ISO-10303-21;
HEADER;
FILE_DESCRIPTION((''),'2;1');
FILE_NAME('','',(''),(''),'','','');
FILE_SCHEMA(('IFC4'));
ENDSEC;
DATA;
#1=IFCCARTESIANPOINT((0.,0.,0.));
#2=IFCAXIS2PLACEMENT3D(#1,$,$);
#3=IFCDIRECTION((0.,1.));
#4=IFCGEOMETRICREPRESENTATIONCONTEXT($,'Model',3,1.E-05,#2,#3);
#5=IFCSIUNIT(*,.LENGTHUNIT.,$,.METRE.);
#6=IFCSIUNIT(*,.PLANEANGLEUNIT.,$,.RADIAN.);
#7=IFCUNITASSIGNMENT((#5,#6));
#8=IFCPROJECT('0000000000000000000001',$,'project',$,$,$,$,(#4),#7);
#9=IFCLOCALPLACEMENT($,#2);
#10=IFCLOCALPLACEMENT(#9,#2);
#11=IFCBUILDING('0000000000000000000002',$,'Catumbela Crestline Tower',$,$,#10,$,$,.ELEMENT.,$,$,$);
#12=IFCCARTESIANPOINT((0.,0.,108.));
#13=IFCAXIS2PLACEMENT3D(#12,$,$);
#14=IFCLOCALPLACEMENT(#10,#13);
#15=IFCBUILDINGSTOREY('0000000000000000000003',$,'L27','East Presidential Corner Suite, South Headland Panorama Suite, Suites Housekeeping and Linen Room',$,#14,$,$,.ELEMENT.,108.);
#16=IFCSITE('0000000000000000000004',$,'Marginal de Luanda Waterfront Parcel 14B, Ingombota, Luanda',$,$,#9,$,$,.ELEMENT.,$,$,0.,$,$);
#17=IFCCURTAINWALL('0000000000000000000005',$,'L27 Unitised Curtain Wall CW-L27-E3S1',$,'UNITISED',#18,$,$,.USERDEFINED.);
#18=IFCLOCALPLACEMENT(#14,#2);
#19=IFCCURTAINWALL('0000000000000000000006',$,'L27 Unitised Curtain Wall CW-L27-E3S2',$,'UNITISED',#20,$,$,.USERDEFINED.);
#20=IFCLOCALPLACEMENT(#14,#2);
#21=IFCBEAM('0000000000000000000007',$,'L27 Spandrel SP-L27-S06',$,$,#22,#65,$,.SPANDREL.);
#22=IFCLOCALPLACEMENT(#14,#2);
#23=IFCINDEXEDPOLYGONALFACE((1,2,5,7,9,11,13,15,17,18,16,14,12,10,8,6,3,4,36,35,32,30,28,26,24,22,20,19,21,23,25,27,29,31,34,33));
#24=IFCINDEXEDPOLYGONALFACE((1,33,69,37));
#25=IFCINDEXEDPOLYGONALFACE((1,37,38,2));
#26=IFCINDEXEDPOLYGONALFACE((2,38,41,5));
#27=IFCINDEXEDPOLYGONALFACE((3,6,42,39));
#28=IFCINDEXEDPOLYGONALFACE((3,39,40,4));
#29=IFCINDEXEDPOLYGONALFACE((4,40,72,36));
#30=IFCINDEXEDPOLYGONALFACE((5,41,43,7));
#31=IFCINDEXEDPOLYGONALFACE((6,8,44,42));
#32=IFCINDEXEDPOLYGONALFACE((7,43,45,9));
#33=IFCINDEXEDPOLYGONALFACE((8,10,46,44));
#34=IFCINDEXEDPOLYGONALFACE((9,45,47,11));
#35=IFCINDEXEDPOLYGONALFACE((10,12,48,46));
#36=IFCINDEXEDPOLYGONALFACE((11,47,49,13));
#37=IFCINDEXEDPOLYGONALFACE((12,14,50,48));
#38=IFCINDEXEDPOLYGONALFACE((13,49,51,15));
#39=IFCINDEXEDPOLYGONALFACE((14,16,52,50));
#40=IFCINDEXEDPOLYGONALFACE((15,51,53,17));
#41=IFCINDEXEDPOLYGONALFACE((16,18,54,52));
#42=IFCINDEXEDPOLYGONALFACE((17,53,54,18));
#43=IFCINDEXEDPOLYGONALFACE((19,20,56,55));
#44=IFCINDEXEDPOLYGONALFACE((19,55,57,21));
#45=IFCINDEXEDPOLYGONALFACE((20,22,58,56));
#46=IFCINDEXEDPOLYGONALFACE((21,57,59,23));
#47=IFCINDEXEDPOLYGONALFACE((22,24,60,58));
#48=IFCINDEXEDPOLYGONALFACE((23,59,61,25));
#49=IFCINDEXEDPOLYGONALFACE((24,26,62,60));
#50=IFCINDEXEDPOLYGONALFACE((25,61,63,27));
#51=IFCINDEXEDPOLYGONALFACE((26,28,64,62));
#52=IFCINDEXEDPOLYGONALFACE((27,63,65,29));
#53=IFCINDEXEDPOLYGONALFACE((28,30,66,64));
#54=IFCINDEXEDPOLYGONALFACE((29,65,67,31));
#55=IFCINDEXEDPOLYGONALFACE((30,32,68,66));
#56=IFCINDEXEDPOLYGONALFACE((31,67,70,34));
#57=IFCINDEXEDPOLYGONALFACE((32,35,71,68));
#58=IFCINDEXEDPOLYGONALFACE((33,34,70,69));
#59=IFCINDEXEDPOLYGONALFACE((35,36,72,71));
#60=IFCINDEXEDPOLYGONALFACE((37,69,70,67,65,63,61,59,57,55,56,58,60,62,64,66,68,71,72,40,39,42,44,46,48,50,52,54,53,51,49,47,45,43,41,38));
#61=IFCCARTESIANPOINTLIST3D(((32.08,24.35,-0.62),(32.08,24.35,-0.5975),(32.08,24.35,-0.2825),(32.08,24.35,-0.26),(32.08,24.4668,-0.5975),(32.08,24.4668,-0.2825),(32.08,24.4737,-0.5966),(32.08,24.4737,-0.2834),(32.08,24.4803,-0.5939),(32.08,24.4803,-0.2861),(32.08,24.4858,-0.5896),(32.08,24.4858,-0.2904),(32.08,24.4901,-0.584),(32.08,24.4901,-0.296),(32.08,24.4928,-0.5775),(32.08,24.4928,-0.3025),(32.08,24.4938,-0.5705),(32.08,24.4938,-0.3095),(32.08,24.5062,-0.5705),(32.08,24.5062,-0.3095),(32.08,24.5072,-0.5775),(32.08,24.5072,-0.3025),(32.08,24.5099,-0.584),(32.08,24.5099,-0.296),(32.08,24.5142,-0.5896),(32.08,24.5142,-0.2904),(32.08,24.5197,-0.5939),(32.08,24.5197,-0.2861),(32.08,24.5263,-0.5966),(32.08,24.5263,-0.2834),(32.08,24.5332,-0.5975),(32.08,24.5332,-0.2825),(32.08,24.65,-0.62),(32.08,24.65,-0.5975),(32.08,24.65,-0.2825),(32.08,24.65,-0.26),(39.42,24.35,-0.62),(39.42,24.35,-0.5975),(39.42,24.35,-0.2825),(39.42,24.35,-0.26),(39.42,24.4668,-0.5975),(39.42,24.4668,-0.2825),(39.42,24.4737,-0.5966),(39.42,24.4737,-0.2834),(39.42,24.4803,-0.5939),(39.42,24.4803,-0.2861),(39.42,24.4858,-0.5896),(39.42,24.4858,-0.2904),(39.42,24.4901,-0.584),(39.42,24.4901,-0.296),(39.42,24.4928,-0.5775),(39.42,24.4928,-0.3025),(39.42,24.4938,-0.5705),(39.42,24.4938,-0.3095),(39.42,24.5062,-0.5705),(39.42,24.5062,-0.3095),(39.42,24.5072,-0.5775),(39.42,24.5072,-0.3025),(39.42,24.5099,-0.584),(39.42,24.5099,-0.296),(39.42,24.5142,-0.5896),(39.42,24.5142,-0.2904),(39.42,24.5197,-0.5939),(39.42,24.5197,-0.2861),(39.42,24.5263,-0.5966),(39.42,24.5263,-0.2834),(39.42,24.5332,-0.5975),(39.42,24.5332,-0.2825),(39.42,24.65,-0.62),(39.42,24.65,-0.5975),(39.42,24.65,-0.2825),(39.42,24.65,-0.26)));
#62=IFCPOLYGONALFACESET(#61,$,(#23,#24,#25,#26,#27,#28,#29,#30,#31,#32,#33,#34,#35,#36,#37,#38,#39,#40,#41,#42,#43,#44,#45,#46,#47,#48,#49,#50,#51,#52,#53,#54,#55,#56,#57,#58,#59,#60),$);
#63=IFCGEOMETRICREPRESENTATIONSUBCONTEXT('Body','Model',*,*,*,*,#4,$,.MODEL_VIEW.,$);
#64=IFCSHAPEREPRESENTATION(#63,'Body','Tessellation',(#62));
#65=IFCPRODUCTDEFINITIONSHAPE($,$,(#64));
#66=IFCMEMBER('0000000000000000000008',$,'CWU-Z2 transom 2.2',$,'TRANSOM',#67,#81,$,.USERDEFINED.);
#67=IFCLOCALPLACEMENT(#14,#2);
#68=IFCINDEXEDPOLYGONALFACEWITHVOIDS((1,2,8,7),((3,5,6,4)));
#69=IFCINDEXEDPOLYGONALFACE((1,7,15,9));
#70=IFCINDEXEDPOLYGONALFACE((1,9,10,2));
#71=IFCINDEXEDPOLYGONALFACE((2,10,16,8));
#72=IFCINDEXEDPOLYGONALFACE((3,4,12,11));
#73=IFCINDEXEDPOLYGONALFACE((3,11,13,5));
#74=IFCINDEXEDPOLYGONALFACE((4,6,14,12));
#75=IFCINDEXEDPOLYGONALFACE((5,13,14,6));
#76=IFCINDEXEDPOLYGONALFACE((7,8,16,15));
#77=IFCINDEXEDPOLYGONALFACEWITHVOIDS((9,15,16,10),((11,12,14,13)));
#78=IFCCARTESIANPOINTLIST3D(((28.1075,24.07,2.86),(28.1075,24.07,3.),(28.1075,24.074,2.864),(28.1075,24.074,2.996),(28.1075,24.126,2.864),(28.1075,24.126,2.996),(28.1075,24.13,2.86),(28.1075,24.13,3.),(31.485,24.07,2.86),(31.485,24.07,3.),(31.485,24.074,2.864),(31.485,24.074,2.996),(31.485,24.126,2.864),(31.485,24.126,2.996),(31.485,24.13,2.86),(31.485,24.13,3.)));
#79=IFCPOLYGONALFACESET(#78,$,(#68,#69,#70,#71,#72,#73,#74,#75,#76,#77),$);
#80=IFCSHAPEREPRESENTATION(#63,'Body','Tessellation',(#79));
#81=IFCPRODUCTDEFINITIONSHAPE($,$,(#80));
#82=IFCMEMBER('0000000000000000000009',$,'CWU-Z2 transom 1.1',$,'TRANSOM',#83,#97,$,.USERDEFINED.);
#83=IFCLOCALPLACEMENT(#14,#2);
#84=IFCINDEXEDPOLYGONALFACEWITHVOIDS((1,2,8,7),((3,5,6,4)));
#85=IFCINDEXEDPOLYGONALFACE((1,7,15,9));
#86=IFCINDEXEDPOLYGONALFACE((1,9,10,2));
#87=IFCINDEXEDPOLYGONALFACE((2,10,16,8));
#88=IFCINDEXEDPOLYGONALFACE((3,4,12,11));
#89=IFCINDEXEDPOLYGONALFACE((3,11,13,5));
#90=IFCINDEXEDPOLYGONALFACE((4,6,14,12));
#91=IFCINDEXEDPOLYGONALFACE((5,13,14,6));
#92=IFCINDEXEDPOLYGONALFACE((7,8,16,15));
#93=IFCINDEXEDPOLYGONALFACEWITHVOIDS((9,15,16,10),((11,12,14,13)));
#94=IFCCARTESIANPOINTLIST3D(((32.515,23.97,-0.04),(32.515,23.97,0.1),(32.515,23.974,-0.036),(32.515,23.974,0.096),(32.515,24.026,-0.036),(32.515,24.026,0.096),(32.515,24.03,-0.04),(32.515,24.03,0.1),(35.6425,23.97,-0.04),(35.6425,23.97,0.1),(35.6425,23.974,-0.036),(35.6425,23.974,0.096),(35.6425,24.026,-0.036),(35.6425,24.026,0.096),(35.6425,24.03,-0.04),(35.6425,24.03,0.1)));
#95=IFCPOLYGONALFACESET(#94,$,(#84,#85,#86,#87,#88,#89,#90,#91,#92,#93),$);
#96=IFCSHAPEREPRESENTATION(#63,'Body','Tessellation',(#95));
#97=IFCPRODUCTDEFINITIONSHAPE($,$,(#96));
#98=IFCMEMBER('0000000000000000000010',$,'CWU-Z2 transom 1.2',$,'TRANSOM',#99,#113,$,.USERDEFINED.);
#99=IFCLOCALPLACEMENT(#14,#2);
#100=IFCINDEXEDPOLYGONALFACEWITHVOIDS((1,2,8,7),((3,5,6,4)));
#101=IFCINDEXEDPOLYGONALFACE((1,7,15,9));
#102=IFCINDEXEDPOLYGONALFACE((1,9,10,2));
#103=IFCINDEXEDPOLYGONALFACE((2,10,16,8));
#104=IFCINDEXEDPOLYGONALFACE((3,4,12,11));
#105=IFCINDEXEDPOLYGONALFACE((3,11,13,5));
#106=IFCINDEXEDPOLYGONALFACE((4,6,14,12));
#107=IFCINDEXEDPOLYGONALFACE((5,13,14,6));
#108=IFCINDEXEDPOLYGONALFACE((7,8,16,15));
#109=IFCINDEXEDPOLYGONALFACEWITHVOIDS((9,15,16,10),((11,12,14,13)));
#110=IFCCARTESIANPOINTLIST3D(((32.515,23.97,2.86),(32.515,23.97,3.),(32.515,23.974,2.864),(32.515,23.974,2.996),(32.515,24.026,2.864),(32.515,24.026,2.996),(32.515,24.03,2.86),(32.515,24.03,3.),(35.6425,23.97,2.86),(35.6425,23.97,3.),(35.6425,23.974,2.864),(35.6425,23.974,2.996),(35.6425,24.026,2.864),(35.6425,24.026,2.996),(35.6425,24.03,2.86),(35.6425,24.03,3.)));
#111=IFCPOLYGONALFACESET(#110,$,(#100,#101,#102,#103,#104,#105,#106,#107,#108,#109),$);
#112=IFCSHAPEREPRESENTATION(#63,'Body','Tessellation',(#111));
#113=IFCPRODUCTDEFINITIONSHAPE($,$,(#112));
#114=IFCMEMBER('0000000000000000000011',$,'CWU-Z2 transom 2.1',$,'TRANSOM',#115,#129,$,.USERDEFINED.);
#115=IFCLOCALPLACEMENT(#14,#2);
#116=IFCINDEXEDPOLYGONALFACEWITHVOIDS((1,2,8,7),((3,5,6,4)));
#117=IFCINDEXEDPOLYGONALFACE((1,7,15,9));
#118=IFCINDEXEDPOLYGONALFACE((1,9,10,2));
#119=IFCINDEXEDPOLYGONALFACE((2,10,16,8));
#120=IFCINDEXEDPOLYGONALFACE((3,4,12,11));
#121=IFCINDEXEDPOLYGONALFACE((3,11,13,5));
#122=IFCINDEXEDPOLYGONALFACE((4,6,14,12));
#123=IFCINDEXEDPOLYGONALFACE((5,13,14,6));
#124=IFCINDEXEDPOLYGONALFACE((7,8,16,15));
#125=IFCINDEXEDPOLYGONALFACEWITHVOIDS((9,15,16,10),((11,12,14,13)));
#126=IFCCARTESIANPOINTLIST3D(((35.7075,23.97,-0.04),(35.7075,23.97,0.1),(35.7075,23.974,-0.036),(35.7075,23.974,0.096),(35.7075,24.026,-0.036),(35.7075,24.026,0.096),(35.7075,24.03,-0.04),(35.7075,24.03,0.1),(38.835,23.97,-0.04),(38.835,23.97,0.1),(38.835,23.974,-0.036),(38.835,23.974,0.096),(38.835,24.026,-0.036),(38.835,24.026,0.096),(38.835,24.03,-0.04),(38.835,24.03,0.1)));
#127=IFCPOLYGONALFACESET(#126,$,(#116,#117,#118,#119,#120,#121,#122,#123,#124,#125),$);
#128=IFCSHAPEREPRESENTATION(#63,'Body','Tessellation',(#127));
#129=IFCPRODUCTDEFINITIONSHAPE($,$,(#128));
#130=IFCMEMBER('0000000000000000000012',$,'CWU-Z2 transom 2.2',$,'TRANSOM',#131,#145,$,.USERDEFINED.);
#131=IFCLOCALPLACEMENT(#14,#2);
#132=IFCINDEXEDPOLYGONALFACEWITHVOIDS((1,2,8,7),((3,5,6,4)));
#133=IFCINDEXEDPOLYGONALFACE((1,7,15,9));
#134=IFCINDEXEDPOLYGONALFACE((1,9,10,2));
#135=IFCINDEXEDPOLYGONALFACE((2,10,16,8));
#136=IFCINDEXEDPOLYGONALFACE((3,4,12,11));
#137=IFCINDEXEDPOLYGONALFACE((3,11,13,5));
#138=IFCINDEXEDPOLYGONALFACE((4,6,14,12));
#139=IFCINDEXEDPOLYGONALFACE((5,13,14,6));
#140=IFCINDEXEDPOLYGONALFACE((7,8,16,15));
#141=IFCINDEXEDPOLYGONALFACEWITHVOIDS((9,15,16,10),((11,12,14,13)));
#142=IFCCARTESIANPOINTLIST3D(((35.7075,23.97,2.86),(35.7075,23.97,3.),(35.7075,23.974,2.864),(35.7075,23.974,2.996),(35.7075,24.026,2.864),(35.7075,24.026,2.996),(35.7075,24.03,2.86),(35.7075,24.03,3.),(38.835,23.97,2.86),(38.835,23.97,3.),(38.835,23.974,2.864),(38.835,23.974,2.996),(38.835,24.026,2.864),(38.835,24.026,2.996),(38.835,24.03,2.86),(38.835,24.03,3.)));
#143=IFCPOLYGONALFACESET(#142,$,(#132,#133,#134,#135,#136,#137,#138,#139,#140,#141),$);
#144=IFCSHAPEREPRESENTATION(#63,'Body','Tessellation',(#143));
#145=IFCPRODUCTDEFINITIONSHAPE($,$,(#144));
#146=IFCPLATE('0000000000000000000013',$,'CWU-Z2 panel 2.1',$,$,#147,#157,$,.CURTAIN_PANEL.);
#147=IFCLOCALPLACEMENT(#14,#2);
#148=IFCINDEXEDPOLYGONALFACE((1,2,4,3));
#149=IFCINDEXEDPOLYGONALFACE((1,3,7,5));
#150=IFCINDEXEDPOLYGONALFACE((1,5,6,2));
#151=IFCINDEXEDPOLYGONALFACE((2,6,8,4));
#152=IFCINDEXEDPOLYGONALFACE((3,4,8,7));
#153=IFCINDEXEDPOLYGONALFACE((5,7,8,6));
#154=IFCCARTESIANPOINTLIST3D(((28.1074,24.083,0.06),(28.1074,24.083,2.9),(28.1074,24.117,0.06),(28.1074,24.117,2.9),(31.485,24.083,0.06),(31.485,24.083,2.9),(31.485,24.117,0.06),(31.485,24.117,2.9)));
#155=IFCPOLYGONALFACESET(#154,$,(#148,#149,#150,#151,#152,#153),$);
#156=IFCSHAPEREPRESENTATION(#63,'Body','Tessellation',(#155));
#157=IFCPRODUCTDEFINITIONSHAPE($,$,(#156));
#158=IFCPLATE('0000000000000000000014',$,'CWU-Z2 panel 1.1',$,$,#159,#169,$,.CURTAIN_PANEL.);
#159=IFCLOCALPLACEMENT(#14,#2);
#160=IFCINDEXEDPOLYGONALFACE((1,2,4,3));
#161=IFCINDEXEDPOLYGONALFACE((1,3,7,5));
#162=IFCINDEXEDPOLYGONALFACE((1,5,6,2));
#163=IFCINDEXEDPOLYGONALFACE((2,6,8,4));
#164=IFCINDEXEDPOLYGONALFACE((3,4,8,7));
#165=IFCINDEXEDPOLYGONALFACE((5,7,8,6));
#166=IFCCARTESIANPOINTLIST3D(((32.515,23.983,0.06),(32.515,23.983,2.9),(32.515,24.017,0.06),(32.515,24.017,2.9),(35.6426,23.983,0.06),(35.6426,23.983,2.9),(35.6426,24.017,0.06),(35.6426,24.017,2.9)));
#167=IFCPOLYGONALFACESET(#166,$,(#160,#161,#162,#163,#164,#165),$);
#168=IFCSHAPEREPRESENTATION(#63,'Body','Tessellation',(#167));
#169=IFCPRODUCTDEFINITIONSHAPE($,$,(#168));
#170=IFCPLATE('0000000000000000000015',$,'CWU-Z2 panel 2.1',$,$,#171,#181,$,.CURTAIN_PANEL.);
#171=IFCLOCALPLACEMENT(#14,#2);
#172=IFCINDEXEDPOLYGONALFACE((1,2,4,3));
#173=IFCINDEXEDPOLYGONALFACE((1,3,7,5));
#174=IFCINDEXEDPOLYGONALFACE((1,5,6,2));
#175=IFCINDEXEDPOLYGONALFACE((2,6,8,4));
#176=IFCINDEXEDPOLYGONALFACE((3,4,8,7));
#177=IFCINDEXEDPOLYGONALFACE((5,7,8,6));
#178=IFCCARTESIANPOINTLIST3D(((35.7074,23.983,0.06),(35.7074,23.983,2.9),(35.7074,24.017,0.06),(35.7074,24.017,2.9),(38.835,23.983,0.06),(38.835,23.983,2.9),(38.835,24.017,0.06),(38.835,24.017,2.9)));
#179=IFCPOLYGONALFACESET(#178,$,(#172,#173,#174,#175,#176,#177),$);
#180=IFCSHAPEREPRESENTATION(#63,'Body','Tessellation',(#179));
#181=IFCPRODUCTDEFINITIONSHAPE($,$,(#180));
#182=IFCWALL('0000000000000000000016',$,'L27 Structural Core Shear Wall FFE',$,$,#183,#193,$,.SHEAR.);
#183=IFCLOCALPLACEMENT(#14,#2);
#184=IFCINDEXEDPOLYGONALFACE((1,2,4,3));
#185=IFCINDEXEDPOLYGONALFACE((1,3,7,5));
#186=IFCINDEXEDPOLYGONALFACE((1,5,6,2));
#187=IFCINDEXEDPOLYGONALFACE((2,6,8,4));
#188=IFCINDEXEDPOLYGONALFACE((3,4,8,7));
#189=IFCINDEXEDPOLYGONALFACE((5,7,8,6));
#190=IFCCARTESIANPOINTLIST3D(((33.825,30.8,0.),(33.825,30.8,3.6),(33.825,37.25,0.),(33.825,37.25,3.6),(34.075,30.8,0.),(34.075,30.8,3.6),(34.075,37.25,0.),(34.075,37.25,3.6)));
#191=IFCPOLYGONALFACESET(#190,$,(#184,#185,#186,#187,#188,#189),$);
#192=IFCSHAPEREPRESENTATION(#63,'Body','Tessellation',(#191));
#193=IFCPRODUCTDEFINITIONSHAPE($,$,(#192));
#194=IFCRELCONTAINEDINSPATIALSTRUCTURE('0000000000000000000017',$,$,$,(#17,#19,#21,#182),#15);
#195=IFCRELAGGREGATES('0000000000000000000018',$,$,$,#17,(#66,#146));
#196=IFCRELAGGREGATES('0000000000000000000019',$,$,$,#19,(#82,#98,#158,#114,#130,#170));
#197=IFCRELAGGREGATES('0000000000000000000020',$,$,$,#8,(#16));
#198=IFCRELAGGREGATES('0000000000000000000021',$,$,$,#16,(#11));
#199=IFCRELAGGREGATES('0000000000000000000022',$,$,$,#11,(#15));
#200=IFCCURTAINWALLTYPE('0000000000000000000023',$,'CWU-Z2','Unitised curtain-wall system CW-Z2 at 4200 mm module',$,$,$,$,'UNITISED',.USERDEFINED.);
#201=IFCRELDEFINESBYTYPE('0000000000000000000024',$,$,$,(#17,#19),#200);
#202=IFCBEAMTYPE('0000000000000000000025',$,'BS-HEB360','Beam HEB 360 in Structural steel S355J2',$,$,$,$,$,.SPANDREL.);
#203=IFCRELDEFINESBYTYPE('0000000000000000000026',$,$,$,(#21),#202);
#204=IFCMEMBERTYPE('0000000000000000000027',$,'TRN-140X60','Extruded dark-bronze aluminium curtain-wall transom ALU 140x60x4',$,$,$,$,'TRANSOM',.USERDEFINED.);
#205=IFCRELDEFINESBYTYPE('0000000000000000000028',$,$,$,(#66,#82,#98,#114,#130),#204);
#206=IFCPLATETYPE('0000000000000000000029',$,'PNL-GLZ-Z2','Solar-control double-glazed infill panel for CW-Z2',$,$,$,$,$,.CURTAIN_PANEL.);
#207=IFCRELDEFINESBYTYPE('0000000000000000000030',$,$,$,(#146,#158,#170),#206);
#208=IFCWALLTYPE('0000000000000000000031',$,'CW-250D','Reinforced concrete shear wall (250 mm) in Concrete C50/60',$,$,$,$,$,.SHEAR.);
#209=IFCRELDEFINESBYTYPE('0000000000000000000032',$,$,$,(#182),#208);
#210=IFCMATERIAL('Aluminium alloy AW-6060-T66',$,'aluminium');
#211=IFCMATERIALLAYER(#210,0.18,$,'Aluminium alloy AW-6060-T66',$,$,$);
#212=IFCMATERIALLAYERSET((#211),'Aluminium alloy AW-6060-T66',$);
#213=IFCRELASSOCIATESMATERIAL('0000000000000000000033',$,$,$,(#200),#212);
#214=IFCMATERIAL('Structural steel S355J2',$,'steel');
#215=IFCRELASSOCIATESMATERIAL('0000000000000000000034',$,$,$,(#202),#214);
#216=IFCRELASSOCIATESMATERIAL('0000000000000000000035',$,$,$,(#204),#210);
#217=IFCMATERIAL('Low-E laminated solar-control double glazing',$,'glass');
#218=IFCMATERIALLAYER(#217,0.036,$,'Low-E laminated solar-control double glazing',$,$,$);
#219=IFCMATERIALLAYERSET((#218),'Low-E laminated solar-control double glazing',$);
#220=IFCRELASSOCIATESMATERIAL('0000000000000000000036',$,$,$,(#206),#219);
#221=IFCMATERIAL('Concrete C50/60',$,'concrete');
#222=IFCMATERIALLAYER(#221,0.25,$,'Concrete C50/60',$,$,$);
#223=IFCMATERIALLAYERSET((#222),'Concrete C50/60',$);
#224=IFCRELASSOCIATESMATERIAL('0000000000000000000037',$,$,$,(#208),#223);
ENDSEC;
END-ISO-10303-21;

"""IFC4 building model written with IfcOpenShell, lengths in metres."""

from ifc_helpers import new_model, si_unit, direction, frame, frame_2d, origin, origin_2d, place, context, subcontext, project, spatial, rectangle, hollow_rectangle, i_section, extrude, material, layer, layer_set, material_profile, profile_set, type_object, element, aggregate, save


model = new_model("IFC4")

# Units and contexts
model_context = context("Model", 3, precision=1e-05, world=origin(), true_north=direction((0.0, 1.0)))
body_context = subcontext(model_context, "Body", "Model", "MODEL_VIEW")
ifc_project = project(units=[si_unit("LENGTHUNIT", "METRE"), si_unit("PLANEANGLEUNIT", "RADIAN")], contexts=[model_context])

# Site, building, storey
site_placement = place(None, origin())
site = spatial("IfcSite", under=ifc_project, at=site_placement, Name="Marginal de Luanda Waterfront Parcel 14B, Ingombota, Luanda", CompositionType="ELEMENT", RefElevation=0.0)
building_placement = place(site_placement, origin())
building = spatial("IfcBuilding", under=site, at=building_placement, Name="Catumbela Crestline Tower", CompositionType="ELEMENT")
storey_placement = place(building_placement, frame((0.0, 0.0, 108.0)))
storey = spatial("IfcBuildingStorey", under=building, at=storey_placement, Name="L27", Description="East Presidential Corner Suite, South Headland Panorama Suite, Suites Housekeeping and Linen Room", CompositionType="ELEMENT", Elevation=108.0)

# Shared definitions
ifc_material_1 = material(Name="Concrete C50/60", Category="concrete")

# Shared definitions
ifc_material_2 = material(Name="Structural steel S355J2", Category="steel")

# Curtain wall
ifc_material_3 = material(Name="Aluminium alloy AW-6060-T66", Category="aluminium")
ifc_layer_1 = layer(ifc_material_3, 0.18, Name="Aluminium alloy AW-6060-T66")
ifc_layer_set_1 = layer_set([ifc_layer_1], Name="Aluminium alloy AW-6060-T66")
curtain_wall_type = type_object("IfcCurtainWallType", Name="CWU-Z2", Description="Unitised curtain-wall system CW-Z2 at 4200 mm module", ElementType="UNITISED", PredefinedType="USERDEFINED", material=ifc_layer_set_1)
curtain_wall_1_placement = place(storey_placement, origin())
curtain_wall_1 = element("IfcCurtainWall", 1, at=curtain_wall_1_placement, inside=storey, type_object=curtain_wall_type, Name="L27 Unitised Curtain Wall CW-L27-E3S1", ObjectType="UNITISED", PredefinedType="USERDEFINED")

# Curtain wall
curtain_wall_2_placement = place(storey_placement, origin())
curtain_wall_2 = element("IfcCurtainWall", 2, at=curtain_wall_2_placement, inside=storey, type_object=curtain_wall_type, Name="L27 Unitised Curtain Wall CW-L27-E3S2", ObjectType="UNITISED", PredefinedType="USERDEFINED")

# Beam
ifc_material_profile_1 = material_profile(ifc_material_2, i_section(OverallWidth=0.3, OverallDepth=0.36, WebThickness=0.0125, FlangeThickness=0.0225, FilletRadius=0.027, at=origin_2d()), Name="HEB 360")
ifc_profile_set_1 = profile_set([ifc_material_profile_1], Name="Structural steel S355J2")
beam_type_1 = type_object("IfcBeamType", Name="BS-HEB360", Description="Beam HEB 360 in Structural steel S355J2", PredefinedType="SPANDREL", material=ifc_profile_set_1)
beam_placement = place(storey_placement, frame((32.08, 24.5, -0.44), z_axis=(1.0, 0.0, 0.0), x_axis=(0.0, 1.0, 0.0)))
element("IfcBeam", 3, at=beam_placement, inside=storey, type_object=beam_type_1, Name="L27 Spandrel SP-L27-S06", PredefinedType="SPANDREL", context=body_context, shape_type="SweptSolid", body=[
    extrude(i_section(OverallWidth=0.3, OverallDepth=0.36, WebThickness=0.0125, FlangeThickness=0.0225, FilletRadius=0.027, at=origin_2d()), origin(), (0.0, 0.0, 1.0), 7.34),
])

# Members
ifc_material_profile_2 = material_profile(ifc_material_3, hollow_rectangle(XDim=0.06, YDim=0.14, WallThickness=0.004, at=origin_2d()), Name="ALU 140x60x4")
ifc_profile_set_2 = profile_set([ifc_material_profile_2], Name="Aluminium alloy AW-6060-T66")
member_type_1 = type_object("IfcMemberType", Name="TRN-140X60", Description="Extruded dark-bronze aluminium curtain-wall transom ALU 140x60x4", ElementType="TRANSOM", PredefinedType="USERDEFINED", material=ifc_profile_set_2)
member_1_placement = place(storey_placement, frame((28.1075, 24.1, 2.93), z_axis=(1.0, 0.0, 0.0), x_axis=(0.0, 1.0, 0.0)))
member_1 = element("IfcMember", 4, at=member_1_placement, type_object=member_type_1, Name="CWU-Z2 transom 2.2", ObjectType="TRANSOM", PredefinedType="USERDEFINED", context=body_context, shape_type="SweptSolid", body=[
    extrude(hollow_rectangle(XDim=0.06, YDim=0.14, WallThickness=0.004, at=origin_2d()), origin(), (0.0, 0.0, 1.0), 3.3775),
])
member_2_placement = place(storey_placement, frame((32.515, 24.0, 0.03), z_axis=(1.0, 0.0, 0.0), x_axis=(0.0, 1.0, 0.0)))
member_2 = element("IfcMember", 5, at=member_2_placement, type_object=member_type_1, Name="CWU-Z2 transom 1.1", ObjectType="TRANSOM", PredefinedType="USERDEFINED", context=body_context, shape_type="SweptSolid", body=[
    extrude(hollow_rectangle(XDim=0.06, YDim=0.14, WallThickness=0.004, at=origin_2d()), origin(), (0.0, 0.0, 1.0), 3.1275),
])
member_3_placement = place(storey_placement, frame((32.515, 24.0, 2.93), z_axis=(1.0, 0.0, 0.0), x_axis=(0.0, 1.0, 0.0)))
member_3 = element("IfcMember", 6, at=member_3_placement, type_object=member_type_1, Name="CWU-Z2 transom 1.2", ObjectType="TRANSOM", PredefinedType="USERDEFINED", context=body_context, shape_type="SweptSolid", body=[
    extrude(hollow_rectangle(XDim=0.06, YDim=0.14, WallThickness=0.004, at=origin_2d()), origin(), (0.0, 0.0, 1.0), 3.1275),
])
member_4_placement = place(storey_placement, frame((35.7075, 24.0, 0.03), z_axis=(1.0, 0.0, 0.0), x_axis=(0.0, 1.0, 0.0)))
member_4 = element("IfcMember", 7, at=member_4_placement, type_object=member_type_1, Name="CWU-Z2 transom 2.1", ObjectType="TRANSOM", PredefinedType="USERDEFINED", context=body_context, shape_type="SweptSolid", body=[
    extrude(hollow_rectangle(XDim=0.06, YDim=0.14, WallThickness=0.004, at=origin_2d()), origin(), (0.0, 0.0, 1.0), 3.1275),
])
member_5_placement = place(storey_placement, frame((35.7075, 24.0, 2.93), z_axis=(1.0, 0.0, 0.0), x_axis=(0.0, 1.0, 0.0)))
member_5 = element("IfcMember", 8, at=member_5_placement, type_object=member_type_1, Name="CWU-Z2 transom 2.2", ObjectType="TRANSOM", PredefinedType="USERDEFINED", context=body_context, shape_type="SweptSolid", body=[
    extrude(hollow_rectangle(XDim=0.06, YDim=0.14, WallThickness=0.004, at=origin_2d()), origin(), (0.0, 0.0, 1.0), 3.1275),
])

# Plates
ifc_material_4 = material(Name="Low-E laminated solar-control double glazing", Category="glass")
ifc_layer_2 = layer(ifc_material_4, 0.036, Name="Low-E laminated solar-control double glazing")
ifc_layer_set_2 = layer_set([ifc_layer_2], Name="Low-E laminated solar-control double glazing")
plate_type = type_object("IfcPlateType", Name="PNL-GLZ-Z2", Description="Solar-control double-glazed infill panel for CW-Z2", PredefinedType="CURTAIN_PANEL", material=ifc_layer_set_2)
plate_1_placement = place(storey_placement, frame((29.7962, 24.1, 0.06), z_axis=(0.0, 0.0, 1.0), x_axis=(1.0, 0.0, 0.0)))
plate_1 = element("IfcPlate", 9, at=plate_1_placement, type_object=plate_type, Name="CWU-Z2 panel 2.1", PredefinedType="CURTAIN_PANEL", context=body_context, shape_type="SweptSolid", body=[
    extrude(rectangle(XDim=3.3775, YDim=0.034, at=origin_2d()), origin(), (0.0, 0.0, 1.0), 2.84),
])
aggregate(curtain_wall_1, [member_1, plate_1])
plate_2_placement = place(storey_placement, frame((34.0788, 24.0, 0.06), z_axis=(0.0, 0.0, 1.0), x_axis=(1.0, 0.0, 0.0)))
plate_2 = element("IfcPlate", 10, at=plate_2_placement, type_object=plate_type, Name="CWU-Z2 panel 1.1", PredefinedType="CURTAIN_PANEL", context=body_context, shape_type="SweptSolid", body=[
    extrude(rectangle(XDim=3.1275, YDim=0.034, at=origin_2d()), origin(), (0.0, 0.0, 1.0), 2.84),
])
plate_3_placement = place(storey_placement, frame((37.2712, 24.0, 0.06), z_axis=(0.0, 0.0, 1.0), x_axis=(1.0, 0.0, 0.0)))
plate_3 = element("IfcPlate", 11, at=plate_3_placement, type_object=plate_type, Name="CWU-Z2 panel 2.1", PredefinedType="CURTAIN_PANEL", context=body_context, shape_type="SweptSolid", body=[
    extrude(rectangle(XDim=3.1275, YDim=0.034, at=origin_2d()), origin(), (0.0, 0.0, 1.0), 2.84),
])
aggregate(curtain_wall_2, [member_2, member_3, plate_2, member_4, member_5, plate_3])

# Wall
ifc_layer_3 = layer(ifc_material_1, 0.25, Name="Concrete C50/60")
ifc_layer_set_3 = layer_set([ifc_layer_3], Name="Concrete C50/60")
wall_type_1 = type_object("IfcWallType", Name="CW-250D", Description="Reinforced concrete shear wall (250 mm) in Concrete C50/60", PredefinedType="SHEAR", material=ifc_layer_set_3)
wall_1_placement = place(storey_placement, frame((33.95, 30.8, 0.0), z_axis=(0.0, 0.0, 1.0), x_axis=(0.0, 1.0, 0.0)))
element("IfcWall", 12, at=wall_1_placement, inside=storey, type_object=wall_type_1, Name="L27 Structural Core Shear Wall FFE", PredefinedType="SHEAR", context=body_context, shape_type="SweptSolid", body=[
    extrude(rectangle(XDim=6.45, YDim=0.25, at=frame_2d((3.225, 0.0))), origin(), (0.0, 0.0, 1.0), 3.6),
])

save(model, "model.ifc")
